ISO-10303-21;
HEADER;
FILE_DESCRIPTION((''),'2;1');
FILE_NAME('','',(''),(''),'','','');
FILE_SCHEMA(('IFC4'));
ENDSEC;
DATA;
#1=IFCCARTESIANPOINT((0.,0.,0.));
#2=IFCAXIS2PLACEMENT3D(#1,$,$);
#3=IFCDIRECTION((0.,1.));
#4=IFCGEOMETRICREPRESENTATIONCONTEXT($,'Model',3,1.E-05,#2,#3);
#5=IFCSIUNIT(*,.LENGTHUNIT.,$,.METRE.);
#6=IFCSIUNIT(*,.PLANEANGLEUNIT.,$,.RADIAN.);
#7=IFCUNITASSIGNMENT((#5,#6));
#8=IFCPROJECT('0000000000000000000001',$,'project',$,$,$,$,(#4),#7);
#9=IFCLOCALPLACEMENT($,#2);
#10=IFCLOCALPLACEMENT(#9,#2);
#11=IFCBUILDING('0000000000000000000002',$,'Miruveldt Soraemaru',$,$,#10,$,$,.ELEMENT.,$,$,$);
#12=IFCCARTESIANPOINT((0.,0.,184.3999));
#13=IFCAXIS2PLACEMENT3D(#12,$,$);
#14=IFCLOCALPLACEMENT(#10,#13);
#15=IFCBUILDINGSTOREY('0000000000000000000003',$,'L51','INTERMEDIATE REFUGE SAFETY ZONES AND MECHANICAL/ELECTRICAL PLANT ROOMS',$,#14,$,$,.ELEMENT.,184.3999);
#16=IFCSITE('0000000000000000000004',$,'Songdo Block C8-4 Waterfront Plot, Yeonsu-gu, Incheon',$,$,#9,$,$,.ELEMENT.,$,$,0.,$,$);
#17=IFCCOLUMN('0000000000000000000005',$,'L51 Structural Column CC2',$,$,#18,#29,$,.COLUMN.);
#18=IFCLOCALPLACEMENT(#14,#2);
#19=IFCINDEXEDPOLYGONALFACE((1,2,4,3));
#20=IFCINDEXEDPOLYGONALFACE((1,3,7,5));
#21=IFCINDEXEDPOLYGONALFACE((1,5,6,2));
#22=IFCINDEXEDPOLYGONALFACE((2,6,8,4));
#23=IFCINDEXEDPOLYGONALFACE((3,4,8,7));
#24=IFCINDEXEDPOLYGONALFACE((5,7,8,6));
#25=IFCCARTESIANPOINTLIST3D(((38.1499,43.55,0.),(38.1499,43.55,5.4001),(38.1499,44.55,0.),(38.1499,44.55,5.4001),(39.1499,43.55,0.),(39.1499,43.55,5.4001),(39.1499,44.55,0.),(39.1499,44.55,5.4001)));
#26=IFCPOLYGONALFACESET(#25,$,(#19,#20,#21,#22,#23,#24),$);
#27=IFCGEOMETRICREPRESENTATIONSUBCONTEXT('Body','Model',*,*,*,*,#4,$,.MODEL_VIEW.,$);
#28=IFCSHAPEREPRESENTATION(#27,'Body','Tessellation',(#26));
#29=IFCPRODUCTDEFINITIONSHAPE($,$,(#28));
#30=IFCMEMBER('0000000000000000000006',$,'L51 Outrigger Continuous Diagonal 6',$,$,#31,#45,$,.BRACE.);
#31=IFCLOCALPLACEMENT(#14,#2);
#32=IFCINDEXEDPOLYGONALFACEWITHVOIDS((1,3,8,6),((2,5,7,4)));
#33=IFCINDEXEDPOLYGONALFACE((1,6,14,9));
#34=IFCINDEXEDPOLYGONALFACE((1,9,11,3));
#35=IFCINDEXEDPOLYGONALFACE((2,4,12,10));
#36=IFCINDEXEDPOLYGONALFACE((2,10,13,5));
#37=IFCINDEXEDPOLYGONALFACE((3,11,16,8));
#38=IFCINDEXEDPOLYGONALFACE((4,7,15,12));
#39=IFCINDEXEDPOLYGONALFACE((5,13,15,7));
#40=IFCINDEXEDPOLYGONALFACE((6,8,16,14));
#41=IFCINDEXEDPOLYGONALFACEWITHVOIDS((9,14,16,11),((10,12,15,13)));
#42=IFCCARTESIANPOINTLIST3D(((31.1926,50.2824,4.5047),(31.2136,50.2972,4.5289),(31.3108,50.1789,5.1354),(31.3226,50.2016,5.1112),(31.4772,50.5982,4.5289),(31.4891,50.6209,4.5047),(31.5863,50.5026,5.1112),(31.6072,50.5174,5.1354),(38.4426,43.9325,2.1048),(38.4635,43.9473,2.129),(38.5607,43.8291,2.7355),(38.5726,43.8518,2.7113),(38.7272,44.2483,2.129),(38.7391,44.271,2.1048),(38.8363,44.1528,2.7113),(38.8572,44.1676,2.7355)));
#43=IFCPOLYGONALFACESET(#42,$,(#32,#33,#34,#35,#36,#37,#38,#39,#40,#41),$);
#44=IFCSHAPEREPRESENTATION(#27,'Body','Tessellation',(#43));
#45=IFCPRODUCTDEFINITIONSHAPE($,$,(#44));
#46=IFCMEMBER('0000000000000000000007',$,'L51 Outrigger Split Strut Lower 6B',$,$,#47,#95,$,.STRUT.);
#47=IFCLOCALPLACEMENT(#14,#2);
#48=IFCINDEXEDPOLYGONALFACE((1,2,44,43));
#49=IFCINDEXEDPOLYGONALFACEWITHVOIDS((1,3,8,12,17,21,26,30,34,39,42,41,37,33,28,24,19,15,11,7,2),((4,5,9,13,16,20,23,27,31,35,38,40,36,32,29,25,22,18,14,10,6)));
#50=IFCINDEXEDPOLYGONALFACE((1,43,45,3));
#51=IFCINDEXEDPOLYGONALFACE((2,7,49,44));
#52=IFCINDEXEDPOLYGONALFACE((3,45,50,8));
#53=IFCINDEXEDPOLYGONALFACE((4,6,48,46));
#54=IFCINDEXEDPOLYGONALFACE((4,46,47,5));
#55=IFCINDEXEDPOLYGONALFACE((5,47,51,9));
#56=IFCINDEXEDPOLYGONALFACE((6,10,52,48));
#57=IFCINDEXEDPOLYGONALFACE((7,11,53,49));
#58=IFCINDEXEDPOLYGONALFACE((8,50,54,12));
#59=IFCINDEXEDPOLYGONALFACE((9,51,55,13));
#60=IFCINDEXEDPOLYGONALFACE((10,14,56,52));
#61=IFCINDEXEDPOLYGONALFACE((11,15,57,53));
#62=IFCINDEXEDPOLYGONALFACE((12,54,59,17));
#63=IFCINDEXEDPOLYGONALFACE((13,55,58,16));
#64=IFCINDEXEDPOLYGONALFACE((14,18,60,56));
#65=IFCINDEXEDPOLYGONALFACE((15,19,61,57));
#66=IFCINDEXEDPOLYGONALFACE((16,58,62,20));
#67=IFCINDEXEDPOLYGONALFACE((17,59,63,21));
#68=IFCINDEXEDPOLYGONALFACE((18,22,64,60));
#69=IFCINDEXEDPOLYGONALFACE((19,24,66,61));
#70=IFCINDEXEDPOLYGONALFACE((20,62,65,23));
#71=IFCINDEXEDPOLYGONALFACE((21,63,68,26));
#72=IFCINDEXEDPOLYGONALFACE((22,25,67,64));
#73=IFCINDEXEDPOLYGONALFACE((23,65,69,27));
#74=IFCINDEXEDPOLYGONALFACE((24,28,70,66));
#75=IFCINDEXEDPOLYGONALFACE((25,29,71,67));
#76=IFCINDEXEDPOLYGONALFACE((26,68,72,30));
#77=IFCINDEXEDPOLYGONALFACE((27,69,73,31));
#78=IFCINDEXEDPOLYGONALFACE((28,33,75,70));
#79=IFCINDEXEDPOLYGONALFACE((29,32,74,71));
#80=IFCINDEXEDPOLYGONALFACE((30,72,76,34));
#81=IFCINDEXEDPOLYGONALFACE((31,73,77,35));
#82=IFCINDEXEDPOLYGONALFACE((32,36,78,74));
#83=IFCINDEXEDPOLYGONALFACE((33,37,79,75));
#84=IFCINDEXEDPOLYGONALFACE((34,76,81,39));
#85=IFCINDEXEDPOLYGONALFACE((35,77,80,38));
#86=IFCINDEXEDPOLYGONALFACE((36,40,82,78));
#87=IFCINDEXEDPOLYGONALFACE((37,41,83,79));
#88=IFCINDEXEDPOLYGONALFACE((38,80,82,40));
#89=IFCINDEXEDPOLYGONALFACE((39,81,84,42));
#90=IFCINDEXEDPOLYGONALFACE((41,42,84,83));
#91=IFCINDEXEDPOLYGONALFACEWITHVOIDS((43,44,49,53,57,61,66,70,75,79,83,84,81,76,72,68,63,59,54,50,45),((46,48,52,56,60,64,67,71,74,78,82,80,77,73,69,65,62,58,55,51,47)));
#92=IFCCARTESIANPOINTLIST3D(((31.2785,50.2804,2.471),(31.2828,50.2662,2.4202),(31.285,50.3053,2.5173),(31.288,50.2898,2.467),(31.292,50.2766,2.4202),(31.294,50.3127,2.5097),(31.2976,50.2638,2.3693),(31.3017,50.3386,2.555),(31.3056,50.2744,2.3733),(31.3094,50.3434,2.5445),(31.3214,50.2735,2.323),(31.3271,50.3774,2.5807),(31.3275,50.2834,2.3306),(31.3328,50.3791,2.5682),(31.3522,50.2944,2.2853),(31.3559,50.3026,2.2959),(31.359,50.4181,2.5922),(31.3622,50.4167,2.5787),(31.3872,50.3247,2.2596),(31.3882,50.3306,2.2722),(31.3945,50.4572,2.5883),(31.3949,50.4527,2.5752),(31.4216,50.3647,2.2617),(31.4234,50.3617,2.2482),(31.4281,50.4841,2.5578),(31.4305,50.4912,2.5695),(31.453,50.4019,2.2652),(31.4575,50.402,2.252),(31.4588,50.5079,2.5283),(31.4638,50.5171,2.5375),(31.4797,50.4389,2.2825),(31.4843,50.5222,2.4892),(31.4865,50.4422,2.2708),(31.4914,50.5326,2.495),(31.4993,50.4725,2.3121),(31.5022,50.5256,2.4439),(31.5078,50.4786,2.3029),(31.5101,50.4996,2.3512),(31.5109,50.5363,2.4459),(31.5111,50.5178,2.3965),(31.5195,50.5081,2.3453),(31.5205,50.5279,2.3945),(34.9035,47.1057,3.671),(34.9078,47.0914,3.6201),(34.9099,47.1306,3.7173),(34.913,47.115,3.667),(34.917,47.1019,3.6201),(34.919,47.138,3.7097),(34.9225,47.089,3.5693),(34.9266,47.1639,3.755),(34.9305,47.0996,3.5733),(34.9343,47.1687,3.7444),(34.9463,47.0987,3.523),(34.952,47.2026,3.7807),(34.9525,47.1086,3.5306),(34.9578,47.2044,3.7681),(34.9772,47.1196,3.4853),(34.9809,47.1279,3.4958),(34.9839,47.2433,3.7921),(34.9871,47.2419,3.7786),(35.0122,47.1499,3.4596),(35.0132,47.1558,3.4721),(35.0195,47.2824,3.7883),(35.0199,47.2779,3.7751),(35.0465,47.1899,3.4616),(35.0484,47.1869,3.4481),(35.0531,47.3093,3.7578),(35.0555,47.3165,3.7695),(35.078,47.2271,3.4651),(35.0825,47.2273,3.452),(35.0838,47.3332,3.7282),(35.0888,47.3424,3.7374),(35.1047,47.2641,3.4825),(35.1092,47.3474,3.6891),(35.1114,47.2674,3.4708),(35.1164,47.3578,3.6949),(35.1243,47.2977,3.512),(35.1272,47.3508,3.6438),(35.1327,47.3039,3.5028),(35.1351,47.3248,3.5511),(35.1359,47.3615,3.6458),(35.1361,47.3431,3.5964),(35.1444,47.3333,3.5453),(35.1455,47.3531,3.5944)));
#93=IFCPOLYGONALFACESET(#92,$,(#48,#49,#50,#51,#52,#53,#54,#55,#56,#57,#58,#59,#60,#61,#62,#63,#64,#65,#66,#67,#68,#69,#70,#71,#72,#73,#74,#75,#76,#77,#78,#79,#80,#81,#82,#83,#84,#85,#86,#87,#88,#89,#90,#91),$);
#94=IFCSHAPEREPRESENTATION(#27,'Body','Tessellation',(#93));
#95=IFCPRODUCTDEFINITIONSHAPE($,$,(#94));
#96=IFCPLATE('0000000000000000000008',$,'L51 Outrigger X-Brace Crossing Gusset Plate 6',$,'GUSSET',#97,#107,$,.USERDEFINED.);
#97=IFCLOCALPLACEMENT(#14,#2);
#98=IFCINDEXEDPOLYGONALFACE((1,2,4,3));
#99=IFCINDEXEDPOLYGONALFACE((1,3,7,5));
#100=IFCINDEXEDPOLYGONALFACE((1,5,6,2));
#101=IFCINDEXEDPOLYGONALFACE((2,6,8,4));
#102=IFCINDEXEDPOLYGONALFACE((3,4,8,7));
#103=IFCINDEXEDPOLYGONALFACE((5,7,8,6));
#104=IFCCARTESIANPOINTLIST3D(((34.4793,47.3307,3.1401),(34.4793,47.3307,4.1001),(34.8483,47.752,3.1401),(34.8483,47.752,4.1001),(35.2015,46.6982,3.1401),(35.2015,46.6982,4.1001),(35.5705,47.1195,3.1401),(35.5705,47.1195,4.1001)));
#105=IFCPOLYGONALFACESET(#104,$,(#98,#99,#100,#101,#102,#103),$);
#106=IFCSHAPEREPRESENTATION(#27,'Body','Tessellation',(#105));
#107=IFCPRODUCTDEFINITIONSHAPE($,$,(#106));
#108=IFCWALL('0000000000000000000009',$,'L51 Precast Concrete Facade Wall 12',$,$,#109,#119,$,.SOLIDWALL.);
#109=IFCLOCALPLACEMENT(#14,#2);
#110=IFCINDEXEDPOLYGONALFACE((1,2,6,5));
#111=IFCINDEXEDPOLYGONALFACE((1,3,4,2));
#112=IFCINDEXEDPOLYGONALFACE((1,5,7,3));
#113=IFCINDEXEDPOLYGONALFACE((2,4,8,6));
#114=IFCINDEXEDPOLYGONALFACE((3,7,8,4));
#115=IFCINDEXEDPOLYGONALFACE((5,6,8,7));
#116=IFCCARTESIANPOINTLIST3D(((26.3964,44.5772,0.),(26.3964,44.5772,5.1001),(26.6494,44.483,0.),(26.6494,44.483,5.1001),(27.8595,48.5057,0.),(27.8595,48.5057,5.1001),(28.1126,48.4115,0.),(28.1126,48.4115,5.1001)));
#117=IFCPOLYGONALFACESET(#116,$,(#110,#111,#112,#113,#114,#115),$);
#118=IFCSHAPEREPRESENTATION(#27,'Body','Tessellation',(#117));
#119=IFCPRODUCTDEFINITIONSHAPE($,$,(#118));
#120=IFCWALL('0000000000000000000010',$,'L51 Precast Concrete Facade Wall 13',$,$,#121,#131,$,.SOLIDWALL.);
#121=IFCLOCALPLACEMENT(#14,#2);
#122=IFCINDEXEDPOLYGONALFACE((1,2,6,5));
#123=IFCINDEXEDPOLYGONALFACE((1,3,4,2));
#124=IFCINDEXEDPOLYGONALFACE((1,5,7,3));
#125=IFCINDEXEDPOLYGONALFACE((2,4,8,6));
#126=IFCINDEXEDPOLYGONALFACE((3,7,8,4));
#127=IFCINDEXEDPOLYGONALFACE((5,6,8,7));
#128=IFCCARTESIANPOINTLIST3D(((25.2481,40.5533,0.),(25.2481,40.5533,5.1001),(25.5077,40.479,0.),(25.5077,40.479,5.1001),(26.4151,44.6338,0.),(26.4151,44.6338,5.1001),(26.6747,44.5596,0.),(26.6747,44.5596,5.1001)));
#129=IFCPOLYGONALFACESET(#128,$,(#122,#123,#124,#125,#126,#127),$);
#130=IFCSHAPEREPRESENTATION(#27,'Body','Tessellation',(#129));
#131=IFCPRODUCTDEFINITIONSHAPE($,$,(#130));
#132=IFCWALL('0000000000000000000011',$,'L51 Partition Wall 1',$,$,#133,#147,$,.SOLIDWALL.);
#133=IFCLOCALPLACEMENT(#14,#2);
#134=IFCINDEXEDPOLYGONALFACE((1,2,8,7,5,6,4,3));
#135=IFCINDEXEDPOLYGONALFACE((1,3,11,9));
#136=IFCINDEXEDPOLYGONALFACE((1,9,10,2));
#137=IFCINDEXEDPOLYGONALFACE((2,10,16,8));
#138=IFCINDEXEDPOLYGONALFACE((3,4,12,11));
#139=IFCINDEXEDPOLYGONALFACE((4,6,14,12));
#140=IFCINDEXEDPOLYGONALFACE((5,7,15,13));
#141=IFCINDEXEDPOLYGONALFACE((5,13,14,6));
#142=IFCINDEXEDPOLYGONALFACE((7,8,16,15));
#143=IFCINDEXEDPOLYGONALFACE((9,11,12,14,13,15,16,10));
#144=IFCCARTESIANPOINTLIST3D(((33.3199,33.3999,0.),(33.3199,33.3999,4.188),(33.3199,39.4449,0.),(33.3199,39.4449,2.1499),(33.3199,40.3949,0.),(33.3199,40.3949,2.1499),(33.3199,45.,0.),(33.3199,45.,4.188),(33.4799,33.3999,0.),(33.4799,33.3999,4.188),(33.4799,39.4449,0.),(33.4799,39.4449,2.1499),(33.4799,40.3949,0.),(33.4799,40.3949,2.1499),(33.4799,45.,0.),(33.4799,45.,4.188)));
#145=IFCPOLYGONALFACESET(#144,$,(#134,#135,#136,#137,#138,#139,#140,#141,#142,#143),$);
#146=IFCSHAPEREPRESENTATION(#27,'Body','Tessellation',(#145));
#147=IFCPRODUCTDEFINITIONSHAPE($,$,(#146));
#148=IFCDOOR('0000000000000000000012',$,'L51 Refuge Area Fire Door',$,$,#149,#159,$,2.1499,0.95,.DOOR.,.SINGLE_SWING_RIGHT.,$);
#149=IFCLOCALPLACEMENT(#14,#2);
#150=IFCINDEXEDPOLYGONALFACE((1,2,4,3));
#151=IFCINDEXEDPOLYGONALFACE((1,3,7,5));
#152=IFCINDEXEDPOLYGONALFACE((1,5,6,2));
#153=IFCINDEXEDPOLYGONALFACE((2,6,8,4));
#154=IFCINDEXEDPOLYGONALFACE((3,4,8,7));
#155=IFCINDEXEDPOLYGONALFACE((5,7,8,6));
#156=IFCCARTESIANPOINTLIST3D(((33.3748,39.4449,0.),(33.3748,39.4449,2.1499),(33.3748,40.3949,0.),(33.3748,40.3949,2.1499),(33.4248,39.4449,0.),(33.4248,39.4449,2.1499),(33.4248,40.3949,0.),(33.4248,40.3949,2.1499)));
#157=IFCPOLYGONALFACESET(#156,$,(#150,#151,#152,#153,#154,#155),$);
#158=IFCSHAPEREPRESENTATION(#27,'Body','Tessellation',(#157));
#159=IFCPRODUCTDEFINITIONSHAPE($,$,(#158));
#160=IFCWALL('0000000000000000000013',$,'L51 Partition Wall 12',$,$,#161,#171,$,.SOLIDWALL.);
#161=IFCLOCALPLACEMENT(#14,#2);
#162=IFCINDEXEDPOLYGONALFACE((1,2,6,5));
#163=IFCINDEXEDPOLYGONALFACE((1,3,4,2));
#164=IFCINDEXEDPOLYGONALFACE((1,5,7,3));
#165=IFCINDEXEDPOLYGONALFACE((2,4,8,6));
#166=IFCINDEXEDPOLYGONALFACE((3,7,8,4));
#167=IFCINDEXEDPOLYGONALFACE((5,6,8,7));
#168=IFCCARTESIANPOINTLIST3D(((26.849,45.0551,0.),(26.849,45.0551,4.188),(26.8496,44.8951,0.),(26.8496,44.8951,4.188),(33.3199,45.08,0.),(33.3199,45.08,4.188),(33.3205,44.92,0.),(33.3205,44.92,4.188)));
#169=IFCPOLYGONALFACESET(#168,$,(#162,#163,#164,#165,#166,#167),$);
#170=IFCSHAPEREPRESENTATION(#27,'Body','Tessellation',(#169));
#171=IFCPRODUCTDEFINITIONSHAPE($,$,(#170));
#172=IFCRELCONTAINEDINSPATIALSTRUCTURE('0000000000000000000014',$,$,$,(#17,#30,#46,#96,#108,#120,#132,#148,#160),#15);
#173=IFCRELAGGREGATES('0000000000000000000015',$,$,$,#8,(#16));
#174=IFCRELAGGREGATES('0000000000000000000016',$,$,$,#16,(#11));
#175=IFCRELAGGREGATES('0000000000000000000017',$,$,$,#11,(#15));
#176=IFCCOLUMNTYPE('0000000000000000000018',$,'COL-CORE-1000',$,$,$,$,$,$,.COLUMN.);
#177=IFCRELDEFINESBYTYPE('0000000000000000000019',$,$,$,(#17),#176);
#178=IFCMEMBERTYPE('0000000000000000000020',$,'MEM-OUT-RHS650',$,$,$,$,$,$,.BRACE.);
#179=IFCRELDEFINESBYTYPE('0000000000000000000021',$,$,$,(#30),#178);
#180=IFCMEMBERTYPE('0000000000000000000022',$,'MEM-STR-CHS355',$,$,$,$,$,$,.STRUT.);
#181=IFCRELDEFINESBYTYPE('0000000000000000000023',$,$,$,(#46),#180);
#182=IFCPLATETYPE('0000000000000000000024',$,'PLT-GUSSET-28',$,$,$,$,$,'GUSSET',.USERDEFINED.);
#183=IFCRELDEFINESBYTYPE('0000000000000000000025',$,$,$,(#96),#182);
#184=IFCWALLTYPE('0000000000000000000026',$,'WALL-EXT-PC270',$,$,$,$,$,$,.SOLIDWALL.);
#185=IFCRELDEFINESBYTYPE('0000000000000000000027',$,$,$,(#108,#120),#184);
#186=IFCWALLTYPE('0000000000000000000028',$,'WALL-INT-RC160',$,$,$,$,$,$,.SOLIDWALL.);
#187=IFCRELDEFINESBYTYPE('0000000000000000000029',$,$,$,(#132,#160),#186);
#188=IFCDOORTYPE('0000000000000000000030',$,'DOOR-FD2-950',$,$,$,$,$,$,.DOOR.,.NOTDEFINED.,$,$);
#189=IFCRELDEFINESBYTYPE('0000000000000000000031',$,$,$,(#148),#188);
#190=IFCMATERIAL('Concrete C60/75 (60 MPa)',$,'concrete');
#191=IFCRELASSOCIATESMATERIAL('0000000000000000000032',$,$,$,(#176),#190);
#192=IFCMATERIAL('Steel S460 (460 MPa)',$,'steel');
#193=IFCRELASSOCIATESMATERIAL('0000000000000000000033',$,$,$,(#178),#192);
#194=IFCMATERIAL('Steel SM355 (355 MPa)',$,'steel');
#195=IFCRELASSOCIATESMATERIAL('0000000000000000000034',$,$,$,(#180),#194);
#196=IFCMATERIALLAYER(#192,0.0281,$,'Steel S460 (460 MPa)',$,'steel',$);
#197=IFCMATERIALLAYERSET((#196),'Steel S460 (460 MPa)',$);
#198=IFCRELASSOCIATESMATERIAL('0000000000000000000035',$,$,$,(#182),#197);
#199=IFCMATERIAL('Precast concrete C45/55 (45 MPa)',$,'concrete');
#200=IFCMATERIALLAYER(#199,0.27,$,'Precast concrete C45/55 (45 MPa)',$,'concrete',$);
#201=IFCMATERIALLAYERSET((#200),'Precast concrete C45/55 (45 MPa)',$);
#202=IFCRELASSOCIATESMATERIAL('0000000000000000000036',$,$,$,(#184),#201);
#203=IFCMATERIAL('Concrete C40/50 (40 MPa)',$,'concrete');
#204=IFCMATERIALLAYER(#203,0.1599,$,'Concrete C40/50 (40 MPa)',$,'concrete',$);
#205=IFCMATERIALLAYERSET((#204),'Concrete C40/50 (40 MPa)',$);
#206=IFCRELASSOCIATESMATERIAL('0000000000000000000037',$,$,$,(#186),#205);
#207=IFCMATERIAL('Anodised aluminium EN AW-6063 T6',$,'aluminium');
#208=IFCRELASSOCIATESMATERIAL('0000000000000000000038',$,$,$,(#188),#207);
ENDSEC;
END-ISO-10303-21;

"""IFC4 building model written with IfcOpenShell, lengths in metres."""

from ifc_helpers import new_model, si_unit, direction, frame, frame_2d, origin, origin_2d, place, context, subcontext, project, spatial, rectangle, hollow_rectangle, hollow_circle, extrude, material, layer, layer_set, material_profile, profile_set, type_object, element, fill, save


model = new_model("IFC4")

# Units and contexts
model_context = context("Model", 3, precision=1e-05, world=origin(), true_north=direction((0.0, 1.0)))
body_context = subcontext(model_context, "Body", "Model", "MODEL_VIEW")
ifc_project = project(units=[si_unit("LENGTHUNIT", "METRE"), si_unit("PLANEANGLEUNIT", "RADIAN")], contexts=[model_context])

# Site, building, storey
site_placement = place(None, origin())
site = spatial("IfcSite", under=ifc_project, at=site_placement, Name="Songdo Block C8-4 Waterfront Plot, Yeonsu-gu, Incheon", CompositionType="ELEMENT", RefElevation=0.0)
building_placement = place(site_placement, origin())
building = spatial("IfcBuilding", under=site, at=building_placement, Name="Miruveldt Soraemaru", CompositionType="ELEMENT")
storey_placement = place(building_placement, frame((0.0, 0.0, 184.3999)))
storey = spatial("IfcBuildingStorey", under=building, at=storey_placement, Name="L51", Description="INTERMEDIATE REFUGE SAFETY ZONES AND MECHANICAL/ELECTRICAL PLANT ROOMS", CompositionType="ELEMENT", Elevation=184.3999)

# Column
ifc_material_1 = material(Name="Concrete C60/75 (60 MPa)", Category="concrete")
ifc_material_profile_1 = material_profile(ifc_material_1, rectangle(XDim=1.0, YDim=1.0, at=origin_2d()), Name="Concrete C60/75 (60 MPa)", Category="concrete")
ifc_profile_set_1 = profile_set([ifc_material_profile_1], Name="Concrete C60/75 (60 MPa)")
column_type = type_object("IfcColumnType", Name="COL-CORE-1000", PredefinedType="COLUMN", material=ifc_profile_set_1)
column_placement = place(storey_placement, frame((38.6499, 44.05, 0.0), z_axis=(0.0, 0.0, 1.0), x_axis=(1.0, 0.0, 0.0)))
element("IfcColumn", 1, at=column_placement, inside=storey, type_object=column_type, Name="L51 Structural Column CC2", PredefinedType="COLUMN", context=body_context, shape_type="SweptSolid", body=[
    extrude(rectangle(XDim=1.0, YDim=1.0, at=origin_2d()), origin(), (0.0, 0.0, 1.0), 5.4001),
])

# Members
ifc_material_2 = material(Name="Steel S460 (460 MPa)", Category="steel")
ifc_material_profile_2 = material_profile(ifc_material_2, hollow_rectangle(XDim=0.45, YDim=0.6499, WallThickness=0.0249, at=origin_2d()), Name="Steel S460 (460 MPa)", Category="steel")
ifc_profile_set_2 = profile_set([ifc_material_profile_2], Name="Steel S460 (460 MPa)")
member_type_1 = type_object("IfcMemberType", Name="MEM-OUT-RHS650", PredefinedType="BRACE", material=ifc_profile_set_2)
member_1_placement = place(storey_placement, frame((38.6499, 44.05, 2.4202), z_axis=(-0.729971, 0.639339, 0.241636), x_axis=(-0.658863, -0.752263, 0.0)))
element("IfcMember", 2, at=member_1_placement, inside=storey, type_object=member_type_1, Name="L51 Outrigger Continuous Diagonal 6", PredefinedType="BRACE", context=body_context, shape_type="SweptSolid", body=[
    extrude(hollow_rectangle(XDim=0.45, YDim=0.6499, WallThickness=0.0249, at=origin_2d()), origin(), (0.0, 0.0, 1.0), 9.9319),
])
ifc_material_3 = material(Name="Steel SM355 (355 MPa)", Category="steel")
ifc_material_profile_3 = material_profile(ifc_material_3, hollow_circle(Radius=0.1777, WallThickness=0.0139, at=origin_2d()), Name="Steel SM355 (355 MPa)", Category="steel")
ifc_profile_set_3 = profile_set([ifc_material_profile_3], Name="Steel SM355 (355 MPa)")
member_type_2 = type_object("IfcMemberType", Name="MEM-STR-CHS355", PredefinedType="STRUT", material=ifc_profile_set_3)
member_2_placement = place(storey_placement, frame((35.0249, 47.2251, 3.6201), z_axis=(-0.729982, 0.639325, -0.24164), x_axis=(-0.658849, -0.752275, 0.0)))
element("IfcMember", 3, at=member_2_placement, inside=storey, type_object=member_type_2, Name="L51 Outrigger Split Strut Lower 6B", PredefinedType="STRUT", context=body_context, shape_type="SweptSolid", body=[
    extrude(hollow_circle(Radius=0.1777, WallThickness=0.0139, at=origin_2d()), origin(), (0.0, 0.0, 1.0), 4.9658),
])

# Plate
ifc_layer_1 = layer(ifc_material_2, 0.0281, Name="Steel S460 (460 MPa)", Category="steel")
ifc_layer_set_1 = layer_set([ifc_layer_1], Name="Steel S460 (460 MPa)")
plate_type = type_object("IfcPlateType", Name="PLT-GUSSET-28", ElementType="GUSSET", PredefinedType="USERDEFINED", material=ifc_layer_set_1)
plate_placement = place(storey_placement, frame((35.0249, 47.2251, 3.1401), z_axis=(0.0, 0.0, 1.0), x_axis=(-0.7523, 0.658821, 0.0)))
element("IfcPlate", 4, at=plate_placement, inside=storey, type_object=plate_type, Name="L51 Outrigger X-Brace Crossing Gusset Plate 6", ObjectType="GUSSET", PredefinedType="USERDEFINED", context=body_context, shape_type="SweptSolid", body=[
    extrude(rectangle(XDim=0.96, YDim=0.5601, at=origin_2d()), origin(), (0.0, 0.0, 1.0), 0.96),
])

# Walls
ifc_material_4 = material(Name="Precast concrete C45/55 (45 MPa)", Category="concrete")
ifc_layer_2 = layer(ifc_material_4, 0.27, Name="Precast concrete C45/55 (45 MPa)", Category="concrete")
ifc_layer_set_2 = layer_set([ifc_layer_2], Name="Precast concrete C45/55 (45 MPa)")
wall_type_1 = type_object("IfcWallType", Name="WALL-EXT-PC270", PredefinedType="SOLIDWALL", material=ifc_layer_set_2)
wall_1_placement = place(storey_placement, frame((27.9861, 48.4587, 0.0), z_axis=(0.0, 0.0, 1.0), x_axis=(-0.349023, -0.937114, 0.0)))
element("IfcWall", 5, at=wall_1_placement, inside=storey, type_object=wall_type_1, Name="L51 Precast Concrete Facade Wall 12", PredefinedType="SOLIDWALL", context=body_context, shape_type="SweptSolid", body=[
    extrude(rectangle(XDim=4.1921, YDim=0.27, at=frame_2d((2.0962, 0.0))), origin(), (0.0, 0.0, 1.0), 5.1001),
])
wall_2_placement = place(storey_placement, frame((26.5449, 44.5967, 0.0), z_axis=(0.0, 0.0, 1.0), x_axis=(-0.274964, -0.961454, 0.0)))
element("IfcWall", 6, at=wall_2_placement, inside=storey, type_object=wall_type_1, Name="L51 Precast Concrete Facade Wall 13", PredefinedType="SOLIDWALL", context=body_context, shape_type="SweptSolid", body=[
    extrude(rectangle(XDim=4.2441, YDim=0.27, at=frame_2d((2.1221, 0.0))), origin(), (0.0, 0.0, 1.0), 5.1001),
])

# Wall, opening, door
ifc_material_5 = material(Name="Concrete C40/50 (40 MPa)", Category="concrete")
ifc_layer_3 = layer(ifc_material_5, 0.1599, Name="Concrete C40/50 (40 MPa)", Category="concrete")
ifc_layer_set_3 = layer_set([ifc_layer_3], Name="Concrete C40/50 (40 MPa)")
wall_type_2 = type_object("IfcWallType", Name="WALL-INT-RC160", PredefinedType="SOLIDWALL", material=ifc_layer_set_3)
wall_3_placement = place(storey_placement, frame((33.3999, 45.0, 0.0), z_axis=(0.0, 0.0, 1.0), x_axis=(0.0, -1.0, 0.0)))
wall_3 = element("IfcWall", 7, at=wall_3_placement, inside=storey, type_object=wall_type_2, Name="L51 Partition Wall 1", PredefinedType="SOLIDWALL", context=body_context, shape_type="SweptSolid", body=[
    extrude(rectangle(XDim=11.6001, YDim=0.1599, at=frame_2d((5.8, 0.0))), origin(), (0.0, 0.0, 1.0), 4.188),
])
opening_1_placement = place(wall_3_placement, frame((4.605, 0.0, 0.0)))
opening_1 = element("IfcOpeningElement", 8, at=opening_1_placement, cuts=wall_3, PredefinedType="OPENING", context=body_context, shape_type="SweptSolid", body=[
    extrude(rectangle(XDim=0.95, YDim=2.1499, at=frame_2d((0.4751, 1.075))), frame((0.0, 0.0898, 0.0), z_axis=(0.0, -1.0, 0.0), x_axis=(1.0, 0.0, 0.0)), (0.0, 0.0, 1.0), 0.1799),
])
ifc_material_6 = material(Name="Anodised aluminium EN AW-6063 T6", Category="aluminium")
door_type_1 = type_object("IfcDoorType", Name="DOOR-FD2-950", OperationType="NOTDEFINED", PredefinedType="DOOR", material=ifc_material_6)
door_1_placement = place(opening_1_placement, origin())
door_1 = element("IfcDoor", 9, at=door_1_placement, inside=storey, type_object=door_type_1, Name="L51 Refuge Area Fire Door", OperationType="SINGLE_SWING_RIGHT", OverallHeight=2.1499, OverallWidth=0.95, PredefinedType="DOOR", context=body_context, shape_type="SweptSolid", body=[
    extrude(rectangle(XDim=0.95, YDim=2.1499, at=frame_2d((0.4751, 1.075))), frame((0.0, 0.0249, 0.0), z_axis=(0.0, -1.0, 0.0), x_axis=(1.0, 0.0, 0.0)), (0.0, 0.0, 1.0), 0.05),
])
fill(opening_1, door_1)

# Wall
wall_4_placement = place(storey_placement, frame((33.3201, 45.0, 0.0), z_axis=(0.0, 0.0, 1.0), x_axis=(-0.999993, -0.003848, 0.0)))
element("IfcWall", 10, at=wall_4_placement, inside=storey, type_object=wall_type_2, Name="L51 Partition Wall 12", PredefinedType="SOLIDWALL", context=body_context, shape_type="SweptSolid", body=[
    extrude(rectangle(XDim=6.4709, YDim=0.1599, at=frame_2d((3.2354, 0.0))), origin(), (0.0, 0.0, 1.0), 4.188),
])

save(model, "model.ifc")
